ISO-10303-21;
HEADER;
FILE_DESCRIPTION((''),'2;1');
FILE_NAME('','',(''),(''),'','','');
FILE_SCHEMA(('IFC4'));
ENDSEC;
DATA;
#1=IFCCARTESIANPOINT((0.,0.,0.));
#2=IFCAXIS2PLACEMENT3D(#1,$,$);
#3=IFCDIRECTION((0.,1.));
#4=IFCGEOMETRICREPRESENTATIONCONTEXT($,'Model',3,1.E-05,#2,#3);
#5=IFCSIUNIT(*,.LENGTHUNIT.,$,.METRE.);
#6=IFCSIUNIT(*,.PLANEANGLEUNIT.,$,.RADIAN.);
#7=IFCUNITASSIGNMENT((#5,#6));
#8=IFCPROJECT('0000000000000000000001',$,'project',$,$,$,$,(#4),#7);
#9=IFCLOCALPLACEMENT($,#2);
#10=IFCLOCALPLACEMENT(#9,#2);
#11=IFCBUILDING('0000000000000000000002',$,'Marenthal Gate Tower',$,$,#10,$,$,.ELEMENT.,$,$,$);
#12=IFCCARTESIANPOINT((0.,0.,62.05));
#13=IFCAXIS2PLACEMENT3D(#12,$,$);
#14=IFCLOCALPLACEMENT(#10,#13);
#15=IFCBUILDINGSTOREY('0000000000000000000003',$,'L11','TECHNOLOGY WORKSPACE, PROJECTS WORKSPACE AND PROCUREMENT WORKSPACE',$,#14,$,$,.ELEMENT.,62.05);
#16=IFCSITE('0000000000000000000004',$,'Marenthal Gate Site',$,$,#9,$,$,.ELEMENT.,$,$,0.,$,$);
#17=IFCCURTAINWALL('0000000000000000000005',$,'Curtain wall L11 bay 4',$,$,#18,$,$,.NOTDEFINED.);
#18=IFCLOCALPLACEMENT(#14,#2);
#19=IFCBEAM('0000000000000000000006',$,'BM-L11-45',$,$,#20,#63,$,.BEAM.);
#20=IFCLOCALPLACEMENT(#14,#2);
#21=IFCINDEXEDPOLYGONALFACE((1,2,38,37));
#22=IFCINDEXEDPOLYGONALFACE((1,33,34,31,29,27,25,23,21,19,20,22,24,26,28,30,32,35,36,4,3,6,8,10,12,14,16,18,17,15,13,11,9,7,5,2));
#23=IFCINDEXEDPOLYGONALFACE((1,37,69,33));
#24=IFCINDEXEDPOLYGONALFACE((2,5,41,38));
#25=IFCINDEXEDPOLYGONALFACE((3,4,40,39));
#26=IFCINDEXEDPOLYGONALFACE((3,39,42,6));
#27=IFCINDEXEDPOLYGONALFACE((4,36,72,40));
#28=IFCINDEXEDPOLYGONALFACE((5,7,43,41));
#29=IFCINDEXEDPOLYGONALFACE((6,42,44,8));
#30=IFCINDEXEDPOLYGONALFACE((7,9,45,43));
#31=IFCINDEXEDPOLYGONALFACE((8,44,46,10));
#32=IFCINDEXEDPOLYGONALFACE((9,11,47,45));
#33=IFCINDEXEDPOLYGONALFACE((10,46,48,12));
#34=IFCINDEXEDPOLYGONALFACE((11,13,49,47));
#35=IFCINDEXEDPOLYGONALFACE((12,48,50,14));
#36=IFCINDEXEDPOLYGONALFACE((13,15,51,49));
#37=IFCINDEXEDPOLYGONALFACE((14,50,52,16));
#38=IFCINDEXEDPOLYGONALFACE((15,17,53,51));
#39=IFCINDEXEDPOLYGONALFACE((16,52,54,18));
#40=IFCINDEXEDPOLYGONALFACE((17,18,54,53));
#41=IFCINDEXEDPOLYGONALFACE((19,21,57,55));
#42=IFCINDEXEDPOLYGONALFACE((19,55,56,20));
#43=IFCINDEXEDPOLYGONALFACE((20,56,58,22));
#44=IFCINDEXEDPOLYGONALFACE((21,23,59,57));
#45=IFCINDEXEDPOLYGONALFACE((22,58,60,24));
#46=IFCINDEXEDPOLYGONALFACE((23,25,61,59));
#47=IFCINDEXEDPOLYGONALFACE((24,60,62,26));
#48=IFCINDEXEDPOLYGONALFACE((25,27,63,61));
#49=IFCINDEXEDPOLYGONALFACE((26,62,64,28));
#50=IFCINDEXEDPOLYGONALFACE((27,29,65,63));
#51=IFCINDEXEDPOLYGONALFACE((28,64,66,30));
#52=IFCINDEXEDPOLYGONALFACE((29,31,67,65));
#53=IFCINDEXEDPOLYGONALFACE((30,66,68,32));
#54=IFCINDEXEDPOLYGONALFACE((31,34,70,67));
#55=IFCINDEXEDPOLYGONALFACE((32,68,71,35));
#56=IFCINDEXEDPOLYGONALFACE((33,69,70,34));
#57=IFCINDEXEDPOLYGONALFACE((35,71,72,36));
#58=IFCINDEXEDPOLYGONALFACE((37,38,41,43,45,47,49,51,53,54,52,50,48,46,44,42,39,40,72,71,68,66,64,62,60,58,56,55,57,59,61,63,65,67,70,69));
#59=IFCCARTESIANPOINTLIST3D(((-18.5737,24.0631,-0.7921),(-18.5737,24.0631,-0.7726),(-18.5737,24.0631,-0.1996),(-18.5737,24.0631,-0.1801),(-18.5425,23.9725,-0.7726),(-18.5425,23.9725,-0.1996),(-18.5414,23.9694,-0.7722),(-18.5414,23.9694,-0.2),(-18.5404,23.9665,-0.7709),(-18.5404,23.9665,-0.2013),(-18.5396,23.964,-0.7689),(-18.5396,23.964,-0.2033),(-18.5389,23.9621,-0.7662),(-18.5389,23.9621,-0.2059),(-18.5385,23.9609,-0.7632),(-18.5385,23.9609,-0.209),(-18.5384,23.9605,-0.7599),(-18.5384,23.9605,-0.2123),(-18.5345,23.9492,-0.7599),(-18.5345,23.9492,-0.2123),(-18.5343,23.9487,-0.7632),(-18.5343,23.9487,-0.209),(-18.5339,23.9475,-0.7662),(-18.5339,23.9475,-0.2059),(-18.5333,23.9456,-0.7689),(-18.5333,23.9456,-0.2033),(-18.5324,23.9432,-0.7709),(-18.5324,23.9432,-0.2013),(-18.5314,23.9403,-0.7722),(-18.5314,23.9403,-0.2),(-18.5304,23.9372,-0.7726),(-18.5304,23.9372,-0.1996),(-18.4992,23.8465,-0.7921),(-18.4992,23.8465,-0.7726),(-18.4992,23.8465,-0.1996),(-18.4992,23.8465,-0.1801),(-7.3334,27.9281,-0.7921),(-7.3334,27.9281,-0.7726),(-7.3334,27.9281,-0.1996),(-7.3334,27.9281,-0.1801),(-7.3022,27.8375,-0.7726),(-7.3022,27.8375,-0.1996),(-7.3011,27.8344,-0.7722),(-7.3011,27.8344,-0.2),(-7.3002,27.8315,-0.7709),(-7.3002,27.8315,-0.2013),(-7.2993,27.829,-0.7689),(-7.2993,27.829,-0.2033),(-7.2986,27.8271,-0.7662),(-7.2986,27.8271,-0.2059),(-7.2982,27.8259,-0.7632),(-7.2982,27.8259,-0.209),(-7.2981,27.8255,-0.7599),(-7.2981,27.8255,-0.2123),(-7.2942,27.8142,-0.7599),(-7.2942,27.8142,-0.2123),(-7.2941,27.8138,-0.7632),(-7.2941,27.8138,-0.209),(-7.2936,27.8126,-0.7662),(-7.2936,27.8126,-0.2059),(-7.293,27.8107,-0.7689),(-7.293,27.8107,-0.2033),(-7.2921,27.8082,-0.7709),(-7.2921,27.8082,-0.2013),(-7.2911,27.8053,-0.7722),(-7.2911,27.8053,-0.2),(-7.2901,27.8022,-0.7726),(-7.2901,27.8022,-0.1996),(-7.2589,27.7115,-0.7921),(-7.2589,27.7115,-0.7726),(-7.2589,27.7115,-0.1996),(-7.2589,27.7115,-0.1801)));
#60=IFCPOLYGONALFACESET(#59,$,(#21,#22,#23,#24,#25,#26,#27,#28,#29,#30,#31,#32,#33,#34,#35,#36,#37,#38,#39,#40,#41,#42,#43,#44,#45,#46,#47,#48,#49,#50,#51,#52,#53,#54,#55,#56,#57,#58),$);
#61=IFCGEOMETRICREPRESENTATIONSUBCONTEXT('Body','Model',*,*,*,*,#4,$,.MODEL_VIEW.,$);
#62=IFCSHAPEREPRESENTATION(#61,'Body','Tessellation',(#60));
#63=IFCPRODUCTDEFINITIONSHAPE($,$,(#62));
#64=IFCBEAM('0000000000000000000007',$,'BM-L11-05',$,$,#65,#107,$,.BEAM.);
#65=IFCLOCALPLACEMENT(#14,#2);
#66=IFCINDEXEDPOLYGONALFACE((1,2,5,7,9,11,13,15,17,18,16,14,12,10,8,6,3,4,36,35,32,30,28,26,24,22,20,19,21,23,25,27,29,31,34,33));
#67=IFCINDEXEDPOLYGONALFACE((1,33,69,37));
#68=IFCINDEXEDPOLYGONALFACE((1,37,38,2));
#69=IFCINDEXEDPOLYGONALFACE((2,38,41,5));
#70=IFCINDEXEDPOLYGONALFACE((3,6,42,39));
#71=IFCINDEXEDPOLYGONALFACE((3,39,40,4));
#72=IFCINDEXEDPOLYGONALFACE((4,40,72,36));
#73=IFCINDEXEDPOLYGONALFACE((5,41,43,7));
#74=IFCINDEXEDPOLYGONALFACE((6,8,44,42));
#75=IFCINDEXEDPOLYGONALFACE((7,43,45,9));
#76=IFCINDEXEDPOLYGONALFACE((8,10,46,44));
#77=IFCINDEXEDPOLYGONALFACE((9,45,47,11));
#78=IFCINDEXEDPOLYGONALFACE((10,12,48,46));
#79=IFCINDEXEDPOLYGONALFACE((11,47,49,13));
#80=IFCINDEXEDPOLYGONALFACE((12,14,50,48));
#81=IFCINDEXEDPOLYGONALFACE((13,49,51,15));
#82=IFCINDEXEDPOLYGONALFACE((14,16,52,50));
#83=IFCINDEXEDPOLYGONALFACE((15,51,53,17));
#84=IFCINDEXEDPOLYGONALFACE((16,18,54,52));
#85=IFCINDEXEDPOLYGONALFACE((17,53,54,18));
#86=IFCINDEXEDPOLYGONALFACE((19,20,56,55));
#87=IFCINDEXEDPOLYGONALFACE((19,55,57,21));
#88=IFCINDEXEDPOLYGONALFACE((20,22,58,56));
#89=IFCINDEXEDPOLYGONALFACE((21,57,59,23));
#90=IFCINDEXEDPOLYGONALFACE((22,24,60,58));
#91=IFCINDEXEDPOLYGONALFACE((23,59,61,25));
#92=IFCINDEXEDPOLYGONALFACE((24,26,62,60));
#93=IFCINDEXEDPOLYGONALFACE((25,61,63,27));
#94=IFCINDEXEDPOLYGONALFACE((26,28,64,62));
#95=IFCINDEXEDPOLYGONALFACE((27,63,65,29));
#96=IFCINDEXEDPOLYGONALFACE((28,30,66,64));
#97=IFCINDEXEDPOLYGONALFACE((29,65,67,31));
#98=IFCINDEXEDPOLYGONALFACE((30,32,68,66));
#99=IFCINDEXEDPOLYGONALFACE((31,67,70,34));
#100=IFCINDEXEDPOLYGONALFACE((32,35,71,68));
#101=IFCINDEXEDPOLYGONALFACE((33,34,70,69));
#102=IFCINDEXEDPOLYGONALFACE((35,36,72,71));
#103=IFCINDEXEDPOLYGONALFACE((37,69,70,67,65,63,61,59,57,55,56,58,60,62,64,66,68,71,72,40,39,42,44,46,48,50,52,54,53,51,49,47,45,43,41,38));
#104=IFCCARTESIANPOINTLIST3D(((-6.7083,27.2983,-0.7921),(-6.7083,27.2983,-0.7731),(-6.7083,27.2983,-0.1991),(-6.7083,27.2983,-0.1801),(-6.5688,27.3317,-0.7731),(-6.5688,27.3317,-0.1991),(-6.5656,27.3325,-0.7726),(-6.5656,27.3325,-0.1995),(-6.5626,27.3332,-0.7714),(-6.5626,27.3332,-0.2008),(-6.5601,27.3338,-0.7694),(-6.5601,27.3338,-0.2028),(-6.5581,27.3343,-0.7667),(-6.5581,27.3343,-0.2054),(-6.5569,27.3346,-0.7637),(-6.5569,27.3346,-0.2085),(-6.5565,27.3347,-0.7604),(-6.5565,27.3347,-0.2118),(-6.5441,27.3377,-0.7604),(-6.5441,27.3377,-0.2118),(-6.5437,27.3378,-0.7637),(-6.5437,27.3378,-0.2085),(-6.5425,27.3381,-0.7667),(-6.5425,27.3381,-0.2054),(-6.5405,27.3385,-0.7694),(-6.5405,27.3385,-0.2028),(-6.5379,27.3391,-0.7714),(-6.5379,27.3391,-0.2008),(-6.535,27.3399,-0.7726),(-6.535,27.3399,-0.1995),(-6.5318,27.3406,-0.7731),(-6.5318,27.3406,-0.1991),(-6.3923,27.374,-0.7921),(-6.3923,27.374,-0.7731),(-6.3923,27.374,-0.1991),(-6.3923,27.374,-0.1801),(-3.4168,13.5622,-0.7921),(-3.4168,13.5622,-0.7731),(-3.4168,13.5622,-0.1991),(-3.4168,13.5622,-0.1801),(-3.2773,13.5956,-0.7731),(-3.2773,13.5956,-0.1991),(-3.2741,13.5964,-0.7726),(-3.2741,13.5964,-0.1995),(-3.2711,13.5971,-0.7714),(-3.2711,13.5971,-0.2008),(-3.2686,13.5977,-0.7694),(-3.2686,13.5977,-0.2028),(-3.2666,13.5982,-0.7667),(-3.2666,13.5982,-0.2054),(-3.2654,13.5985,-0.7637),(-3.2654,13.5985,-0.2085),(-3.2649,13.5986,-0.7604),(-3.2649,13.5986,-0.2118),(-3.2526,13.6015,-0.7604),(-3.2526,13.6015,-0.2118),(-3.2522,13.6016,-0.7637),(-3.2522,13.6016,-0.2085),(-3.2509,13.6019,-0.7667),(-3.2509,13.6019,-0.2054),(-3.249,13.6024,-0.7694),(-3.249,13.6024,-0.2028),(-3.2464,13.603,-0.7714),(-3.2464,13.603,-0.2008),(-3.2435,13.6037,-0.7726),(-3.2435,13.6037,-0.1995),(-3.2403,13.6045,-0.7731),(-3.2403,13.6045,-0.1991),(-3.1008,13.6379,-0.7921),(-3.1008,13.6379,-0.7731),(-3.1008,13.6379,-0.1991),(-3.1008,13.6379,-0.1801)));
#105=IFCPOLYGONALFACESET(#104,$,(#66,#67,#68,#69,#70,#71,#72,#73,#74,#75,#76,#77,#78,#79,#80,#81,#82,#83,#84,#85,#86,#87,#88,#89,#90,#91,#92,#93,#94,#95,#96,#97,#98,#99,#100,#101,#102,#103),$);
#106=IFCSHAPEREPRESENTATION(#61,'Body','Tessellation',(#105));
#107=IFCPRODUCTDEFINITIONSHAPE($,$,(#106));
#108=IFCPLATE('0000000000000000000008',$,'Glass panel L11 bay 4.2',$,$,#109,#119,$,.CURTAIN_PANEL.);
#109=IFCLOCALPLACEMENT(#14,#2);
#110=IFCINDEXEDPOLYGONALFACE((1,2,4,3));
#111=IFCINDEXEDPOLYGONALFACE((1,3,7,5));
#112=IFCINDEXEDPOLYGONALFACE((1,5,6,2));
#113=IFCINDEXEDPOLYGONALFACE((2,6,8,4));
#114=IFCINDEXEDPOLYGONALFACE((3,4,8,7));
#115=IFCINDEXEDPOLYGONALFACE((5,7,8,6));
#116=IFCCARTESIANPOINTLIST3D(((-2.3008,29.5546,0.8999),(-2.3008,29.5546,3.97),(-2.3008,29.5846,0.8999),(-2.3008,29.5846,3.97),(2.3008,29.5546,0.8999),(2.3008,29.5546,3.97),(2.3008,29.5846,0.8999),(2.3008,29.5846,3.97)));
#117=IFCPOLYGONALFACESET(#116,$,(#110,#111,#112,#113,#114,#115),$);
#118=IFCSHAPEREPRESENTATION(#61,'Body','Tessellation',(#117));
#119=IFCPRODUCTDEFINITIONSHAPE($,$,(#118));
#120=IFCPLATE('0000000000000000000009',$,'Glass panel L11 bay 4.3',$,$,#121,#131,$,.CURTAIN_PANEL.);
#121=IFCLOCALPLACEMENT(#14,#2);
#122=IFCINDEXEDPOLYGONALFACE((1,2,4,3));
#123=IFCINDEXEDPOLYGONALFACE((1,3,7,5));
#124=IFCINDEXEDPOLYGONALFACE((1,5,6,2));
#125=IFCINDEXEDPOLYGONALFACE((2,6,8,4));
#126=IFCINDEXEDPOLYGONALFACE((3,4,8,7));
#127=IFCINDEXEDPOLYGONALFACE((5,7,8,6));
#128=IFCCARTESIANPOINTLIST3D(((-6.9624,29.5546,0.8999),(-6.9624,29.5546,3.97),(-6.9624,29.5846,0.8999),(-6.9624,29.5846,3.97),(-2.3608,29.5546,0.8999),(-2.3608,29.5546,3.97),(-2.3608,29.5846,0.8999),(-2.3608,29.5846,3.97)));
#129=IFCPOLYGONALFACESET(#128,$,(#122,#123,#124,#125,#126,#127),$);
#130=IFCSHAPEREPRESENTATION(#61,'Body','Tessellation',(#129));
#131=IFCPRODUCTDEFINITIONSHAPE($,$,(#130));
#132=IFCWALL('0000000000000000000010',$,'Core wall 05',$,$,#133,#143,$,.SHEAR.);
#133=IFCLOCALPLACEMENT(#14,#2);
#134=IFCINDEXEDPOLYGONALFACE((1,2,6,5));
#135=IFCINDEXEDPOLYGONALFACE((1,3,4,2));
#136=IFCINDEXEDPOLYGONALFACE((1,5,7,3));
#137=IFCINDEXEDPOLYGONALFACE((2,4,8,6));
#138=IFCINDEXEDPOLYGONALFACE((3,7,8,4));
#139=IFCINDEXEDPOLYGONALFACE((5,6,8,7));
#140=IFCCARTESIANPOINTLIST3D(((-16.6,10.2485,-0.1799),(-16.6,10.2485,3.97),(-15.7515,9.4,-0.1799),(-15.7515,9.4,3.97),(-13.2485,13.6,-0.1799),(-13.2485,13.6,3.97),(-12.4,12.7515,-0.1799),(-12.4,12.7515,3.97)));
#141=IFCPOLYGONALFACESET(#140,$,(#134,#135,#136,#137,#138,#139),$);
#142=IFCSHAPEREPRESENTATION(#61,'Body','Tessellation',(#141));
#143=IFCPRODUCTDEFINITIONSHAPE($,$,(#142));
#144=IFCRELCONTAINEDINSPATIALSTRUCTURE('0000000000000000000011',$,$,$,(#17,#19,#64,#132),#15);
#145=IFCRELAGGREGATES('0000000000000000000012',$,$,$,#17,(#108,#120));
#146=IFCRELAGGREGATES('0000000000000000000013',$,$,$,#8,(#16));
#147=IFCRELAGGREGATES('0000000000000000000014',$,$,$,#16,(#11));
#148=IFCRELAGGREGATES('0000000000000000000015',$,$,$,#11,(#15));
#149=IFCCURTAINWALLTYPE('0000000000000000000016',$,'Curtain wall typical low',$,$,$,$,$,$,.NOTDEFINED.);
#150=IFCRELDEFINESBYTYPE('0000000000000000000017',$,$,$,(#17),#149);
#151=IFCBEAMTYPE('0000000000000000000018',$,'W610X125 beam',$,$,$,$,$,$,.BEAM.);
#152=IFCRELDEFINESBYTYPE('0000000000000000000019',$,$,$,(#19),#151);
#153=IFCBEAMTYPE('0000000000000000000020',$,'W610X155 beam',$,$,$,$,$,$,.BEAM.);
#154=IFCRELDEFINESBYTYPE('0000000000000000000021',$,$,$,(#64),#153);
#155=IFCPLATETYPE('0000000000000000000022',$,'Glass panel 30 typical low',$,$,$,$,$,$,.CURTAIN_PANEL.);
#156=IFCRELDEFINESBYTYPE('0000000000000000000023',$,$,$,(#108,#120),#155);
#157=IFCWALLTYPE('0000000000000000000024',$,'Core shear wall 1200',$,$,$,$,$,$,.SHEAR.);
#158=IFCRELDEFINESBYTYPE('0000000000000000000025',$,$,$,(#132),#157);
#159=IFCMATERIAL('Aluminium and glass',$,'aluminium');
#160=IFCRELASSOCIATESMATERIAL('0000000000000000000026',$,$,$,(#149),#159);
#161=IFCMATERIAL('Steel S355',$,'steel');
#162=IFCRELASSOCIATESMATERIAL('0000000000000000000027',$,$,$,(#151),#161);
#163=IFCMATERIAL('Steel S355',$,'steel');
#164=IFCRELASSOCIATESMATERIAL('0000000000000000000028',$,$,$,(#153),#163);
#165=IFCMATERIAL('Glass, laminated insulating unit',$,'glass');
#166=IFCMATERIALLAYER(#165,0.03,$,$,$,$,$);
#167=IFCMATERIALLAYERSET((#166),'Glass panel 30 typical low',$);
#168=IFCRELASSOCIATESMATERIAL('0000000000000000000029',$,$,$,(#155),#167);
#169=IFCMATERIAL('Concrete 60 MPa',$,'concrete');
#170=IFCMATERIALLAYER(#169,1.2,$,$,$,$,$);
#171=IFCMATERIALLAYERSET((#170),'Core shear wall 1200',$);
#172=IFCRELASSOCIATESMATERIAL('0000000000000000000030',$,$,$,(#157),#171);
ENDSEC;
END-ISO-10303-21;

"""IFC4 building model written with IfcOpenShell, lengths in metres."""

from ifc_helpers import new_model, si_unit, direction, frame, frame_2d, origin, origin_2d, place, context, subcontext, project, spatial, rectangle, i_section, extrude, material, layer, layer_set, material_profile, profile_set, type_object, element, aggregate, save


model = new_model("IFC4")

# Units and contexts
model_context = context("Model", 3, precision=1e-05, world=origin(), true_north=direction((0.0, 1.0)))
body_context = subcontext(model_context, "Body", "Model", "MODEL_VIEW")
ifc_project = project(units=[si_unit("LENGTHUNIT", "METRE"), si_unit("PLANEANGLEUNIT", "RADIAN")], contexts=[model_context])

# Site, building, storey
site_placement = place(None, origin())
site = spatial("IfcSite", under=ifc_project, at=site_placement, Name="Marenthal Gate Site", CompositionType="ELEMENT", RefElevation=0.0)
building_placement = place(site_placement, origin())
building = spatial("IfcBuilding", under=site, at=building_placement, Name="Marenthal Gate Tower", CompositionType="ELEMENT")
storey_placement = place(building_placement, frame((0.0, 0.0, 62.05)))
storey = spatial("IfcBuildingStorey", under=building, at=storey_placement, Name="L11", Description="TECHNOLOGY WORKSPACE, PROJECTS WORKSPACE AND PROCUREMENT WORKSPACE", CompositionType="ELEMENT", Elevation=62.05)

# Curtain wall
ifc_material_1 = material(Name="Aluminium and glass", Category="aluminium")
curtain_wall_type = type_object("IfcCurtainWallType", Name="Curtain wall typical low", PredefinedType="NOTDEFINED", material=ifc_material_1)
curtain_wall_placement = place(storey_placement, origin())
curtain_wall = element("IfcCurtainWall", 1, at=curtain_wall_placement, inside=storey, type_object=curtain_wall_type, Name="Curtain wall L11 bay 4", PredefinedType="NOTDEFINED")

# Beams
ifc_material_2 = material(Name="Steel S355", Category="steel")
ifc_material_profile_1 = material_profile(ifc_material_2, i_section(OverallWidth=0.229, OverallDepth=0.6121, WebThickness=0.012, FlangeThickness=0.0195, FilletRadius=0.0127, at=origin_2d()), Name="W610X125")
ifc_profile_set_1 = profile_set([ifc_material_profile_1], Name="Steel S355")
beam_type_1 = type_object("IfcBeamType", Name="W610X125 beam", PredefinedType="BEAM", material=ifc_profile_set_1)
beam_1_placement = place(storey_placement, frame((-7.2961, 27.8198, -0.4861), z_axis=(-0.945657, -0.325167, 0.0), x_axis=(0.325167, -0.945657, 0.0)))
element("IfcBeam", 2, at=beam_1_placement, inside=storey, type_object=beam_type_1, Name="BM-L11-45", PredefinedType="BEAM", context=body_context, shape_type="SweptSolid", body=[
    extrude(i_section(OverallWidth=0.229, OverallDepth=0.6121, WebThickness=0.012, FlangeThickness=0.0195, FilletRadius=0.0127, at=origin_2d()), origin(), (0.0, 0.0, 1.0), 11.8862),
])
ifc_material_3 = material(Name="Steel S355", Category="steel")
ifc_material_profile_2 = material_profile(ifc_material_3, i_section(OverallWidth=0.325, OverallDepth=0.6121, WebThickness=0.0127, FlangeThickness=0.019, FilletRadius=0.0127, at=origin_2d()), Name="W610X155")
ifc_profile_set_2 = profile_set([ifc_material_profile_2], Name="Steel S355")
beam_type_2 = type_object("IfcBeamType", Name="W610X155 beam", PredefinedType="BEAM", material=ifc_profile_set_2)
beam_2_placement = place(storey_placement, frame((-6.5503, 27.3362, -0.4861), z_axis=(0.233028, -0.97247, 0.0), x_axis=(0.97247, 0.233028, 0.0)))
element("IfcBeam", 3, at=beam_2_placement, inside=storey, type_object=beam_type_2, Name="BM-L11-05", PredefinedType="BEAM", context=body_context, shape_type="SweptSolid", body=[
    extrude(i_section(OverallWidth=0.325, OverallDepth=0.6121, WebThickness=0.0127, FlangeThickness=0.019, FilletRadius=0.0127, at=origin_2d()), origin(), (0.0, 0.0, 1.0), 14.125),
])

# Plates
ifc_material_4 = material(Name="Glass, laminated insulating unit", Category="glass")
ifc_layer_1 = layer(ifc_material_4, 0.03)
ifc_layer_set_1 = layer_set([ifc_layer_1], Name="Glass panel 30 typical low")
plate_type = type_object("IfcPlateType", Name="Glass panel 30 typical low", PredefinedType="CURTAIN_PANEL", material=ifc_layer_set_1)
plate_1_placement = place(storey_placement, frame((0.0, 29.5696, 0.8999), z_axis=(0.0, 0.0, 1.0), x_axis=(-1.0, 0.0, 0.0)))
plate_1 = element("IfcPlate", 4, at=plate_1_placement, type_object=plate_type, Name="Glass panel L11 bay 4.2", PredefinedType="CURTAIN_PANEL", context=body_context, shape_type="SweptSolid", body=[
    extrude(rectangle(XDim=4.6016, YDim=0.03, at=origin_2d()), origin(), (0.0, 0.0, 1.0), 3.0701),
])
plate_2_placement = place(storey_placement, frame((-4.6616, 29.5696, 0.8999), z_axis=(0.0, 0.0, 1.0), x_axis=(-1.0, 0.0, 0.0)))
plate_2 = element("IfcPlate", 5, at=plate_2_placement, type_object=plate_type, Name="Glass panel L11 bay 4.3", PredefinedType="CURTAIN_PANEL", context=body_context, shape_type="SweptSolid", body=[
    extrude(rectangle(XDim=4.6016, YDim=0.03, at=origin_2d()), origin(), (0.0, 0.0, 1.0), 3.0701),
])
aggregate(curtain_wall, [plate_1, plate_2])

# Wall
ifc_material_5 = material(Name="Concrete 60 MPa", Category="concrete")
ifc_layer_2 = layer(ifc_material_5, 1.2)
ifc_layer_set_2 = layer_set([ifc_layer_2], Name="Core shear wall 1200")
wall_type_1 = type_object("IfcWallType", Name="Core shear wall 1200", PredefinedType="SHEAR", material=ifc_layer_set_2)
wall_1_placement = place(storey_placement, frame((-12.8242, 13.1758, -0.1799), z_axis=(0.0, 0.0, 1.0), x_axis=(-0.707107, -0.707107, 0.0)))
element("IfcWall", 6, at=wall_1_placement, inside=storey, type_object=wall_type_1, Name="Core wall 05", PredefinedType="SHEAR", context=body_context, shape_type="SweptSolid", body=[
    extrude(rectangle(XDim=4.7397, YDim=1.2, at=frame_2d((2.3699, 0.0))), origin(), (0.0, 0.0, 1.0), 4.1499),
])

save(model, "model.ifc")
